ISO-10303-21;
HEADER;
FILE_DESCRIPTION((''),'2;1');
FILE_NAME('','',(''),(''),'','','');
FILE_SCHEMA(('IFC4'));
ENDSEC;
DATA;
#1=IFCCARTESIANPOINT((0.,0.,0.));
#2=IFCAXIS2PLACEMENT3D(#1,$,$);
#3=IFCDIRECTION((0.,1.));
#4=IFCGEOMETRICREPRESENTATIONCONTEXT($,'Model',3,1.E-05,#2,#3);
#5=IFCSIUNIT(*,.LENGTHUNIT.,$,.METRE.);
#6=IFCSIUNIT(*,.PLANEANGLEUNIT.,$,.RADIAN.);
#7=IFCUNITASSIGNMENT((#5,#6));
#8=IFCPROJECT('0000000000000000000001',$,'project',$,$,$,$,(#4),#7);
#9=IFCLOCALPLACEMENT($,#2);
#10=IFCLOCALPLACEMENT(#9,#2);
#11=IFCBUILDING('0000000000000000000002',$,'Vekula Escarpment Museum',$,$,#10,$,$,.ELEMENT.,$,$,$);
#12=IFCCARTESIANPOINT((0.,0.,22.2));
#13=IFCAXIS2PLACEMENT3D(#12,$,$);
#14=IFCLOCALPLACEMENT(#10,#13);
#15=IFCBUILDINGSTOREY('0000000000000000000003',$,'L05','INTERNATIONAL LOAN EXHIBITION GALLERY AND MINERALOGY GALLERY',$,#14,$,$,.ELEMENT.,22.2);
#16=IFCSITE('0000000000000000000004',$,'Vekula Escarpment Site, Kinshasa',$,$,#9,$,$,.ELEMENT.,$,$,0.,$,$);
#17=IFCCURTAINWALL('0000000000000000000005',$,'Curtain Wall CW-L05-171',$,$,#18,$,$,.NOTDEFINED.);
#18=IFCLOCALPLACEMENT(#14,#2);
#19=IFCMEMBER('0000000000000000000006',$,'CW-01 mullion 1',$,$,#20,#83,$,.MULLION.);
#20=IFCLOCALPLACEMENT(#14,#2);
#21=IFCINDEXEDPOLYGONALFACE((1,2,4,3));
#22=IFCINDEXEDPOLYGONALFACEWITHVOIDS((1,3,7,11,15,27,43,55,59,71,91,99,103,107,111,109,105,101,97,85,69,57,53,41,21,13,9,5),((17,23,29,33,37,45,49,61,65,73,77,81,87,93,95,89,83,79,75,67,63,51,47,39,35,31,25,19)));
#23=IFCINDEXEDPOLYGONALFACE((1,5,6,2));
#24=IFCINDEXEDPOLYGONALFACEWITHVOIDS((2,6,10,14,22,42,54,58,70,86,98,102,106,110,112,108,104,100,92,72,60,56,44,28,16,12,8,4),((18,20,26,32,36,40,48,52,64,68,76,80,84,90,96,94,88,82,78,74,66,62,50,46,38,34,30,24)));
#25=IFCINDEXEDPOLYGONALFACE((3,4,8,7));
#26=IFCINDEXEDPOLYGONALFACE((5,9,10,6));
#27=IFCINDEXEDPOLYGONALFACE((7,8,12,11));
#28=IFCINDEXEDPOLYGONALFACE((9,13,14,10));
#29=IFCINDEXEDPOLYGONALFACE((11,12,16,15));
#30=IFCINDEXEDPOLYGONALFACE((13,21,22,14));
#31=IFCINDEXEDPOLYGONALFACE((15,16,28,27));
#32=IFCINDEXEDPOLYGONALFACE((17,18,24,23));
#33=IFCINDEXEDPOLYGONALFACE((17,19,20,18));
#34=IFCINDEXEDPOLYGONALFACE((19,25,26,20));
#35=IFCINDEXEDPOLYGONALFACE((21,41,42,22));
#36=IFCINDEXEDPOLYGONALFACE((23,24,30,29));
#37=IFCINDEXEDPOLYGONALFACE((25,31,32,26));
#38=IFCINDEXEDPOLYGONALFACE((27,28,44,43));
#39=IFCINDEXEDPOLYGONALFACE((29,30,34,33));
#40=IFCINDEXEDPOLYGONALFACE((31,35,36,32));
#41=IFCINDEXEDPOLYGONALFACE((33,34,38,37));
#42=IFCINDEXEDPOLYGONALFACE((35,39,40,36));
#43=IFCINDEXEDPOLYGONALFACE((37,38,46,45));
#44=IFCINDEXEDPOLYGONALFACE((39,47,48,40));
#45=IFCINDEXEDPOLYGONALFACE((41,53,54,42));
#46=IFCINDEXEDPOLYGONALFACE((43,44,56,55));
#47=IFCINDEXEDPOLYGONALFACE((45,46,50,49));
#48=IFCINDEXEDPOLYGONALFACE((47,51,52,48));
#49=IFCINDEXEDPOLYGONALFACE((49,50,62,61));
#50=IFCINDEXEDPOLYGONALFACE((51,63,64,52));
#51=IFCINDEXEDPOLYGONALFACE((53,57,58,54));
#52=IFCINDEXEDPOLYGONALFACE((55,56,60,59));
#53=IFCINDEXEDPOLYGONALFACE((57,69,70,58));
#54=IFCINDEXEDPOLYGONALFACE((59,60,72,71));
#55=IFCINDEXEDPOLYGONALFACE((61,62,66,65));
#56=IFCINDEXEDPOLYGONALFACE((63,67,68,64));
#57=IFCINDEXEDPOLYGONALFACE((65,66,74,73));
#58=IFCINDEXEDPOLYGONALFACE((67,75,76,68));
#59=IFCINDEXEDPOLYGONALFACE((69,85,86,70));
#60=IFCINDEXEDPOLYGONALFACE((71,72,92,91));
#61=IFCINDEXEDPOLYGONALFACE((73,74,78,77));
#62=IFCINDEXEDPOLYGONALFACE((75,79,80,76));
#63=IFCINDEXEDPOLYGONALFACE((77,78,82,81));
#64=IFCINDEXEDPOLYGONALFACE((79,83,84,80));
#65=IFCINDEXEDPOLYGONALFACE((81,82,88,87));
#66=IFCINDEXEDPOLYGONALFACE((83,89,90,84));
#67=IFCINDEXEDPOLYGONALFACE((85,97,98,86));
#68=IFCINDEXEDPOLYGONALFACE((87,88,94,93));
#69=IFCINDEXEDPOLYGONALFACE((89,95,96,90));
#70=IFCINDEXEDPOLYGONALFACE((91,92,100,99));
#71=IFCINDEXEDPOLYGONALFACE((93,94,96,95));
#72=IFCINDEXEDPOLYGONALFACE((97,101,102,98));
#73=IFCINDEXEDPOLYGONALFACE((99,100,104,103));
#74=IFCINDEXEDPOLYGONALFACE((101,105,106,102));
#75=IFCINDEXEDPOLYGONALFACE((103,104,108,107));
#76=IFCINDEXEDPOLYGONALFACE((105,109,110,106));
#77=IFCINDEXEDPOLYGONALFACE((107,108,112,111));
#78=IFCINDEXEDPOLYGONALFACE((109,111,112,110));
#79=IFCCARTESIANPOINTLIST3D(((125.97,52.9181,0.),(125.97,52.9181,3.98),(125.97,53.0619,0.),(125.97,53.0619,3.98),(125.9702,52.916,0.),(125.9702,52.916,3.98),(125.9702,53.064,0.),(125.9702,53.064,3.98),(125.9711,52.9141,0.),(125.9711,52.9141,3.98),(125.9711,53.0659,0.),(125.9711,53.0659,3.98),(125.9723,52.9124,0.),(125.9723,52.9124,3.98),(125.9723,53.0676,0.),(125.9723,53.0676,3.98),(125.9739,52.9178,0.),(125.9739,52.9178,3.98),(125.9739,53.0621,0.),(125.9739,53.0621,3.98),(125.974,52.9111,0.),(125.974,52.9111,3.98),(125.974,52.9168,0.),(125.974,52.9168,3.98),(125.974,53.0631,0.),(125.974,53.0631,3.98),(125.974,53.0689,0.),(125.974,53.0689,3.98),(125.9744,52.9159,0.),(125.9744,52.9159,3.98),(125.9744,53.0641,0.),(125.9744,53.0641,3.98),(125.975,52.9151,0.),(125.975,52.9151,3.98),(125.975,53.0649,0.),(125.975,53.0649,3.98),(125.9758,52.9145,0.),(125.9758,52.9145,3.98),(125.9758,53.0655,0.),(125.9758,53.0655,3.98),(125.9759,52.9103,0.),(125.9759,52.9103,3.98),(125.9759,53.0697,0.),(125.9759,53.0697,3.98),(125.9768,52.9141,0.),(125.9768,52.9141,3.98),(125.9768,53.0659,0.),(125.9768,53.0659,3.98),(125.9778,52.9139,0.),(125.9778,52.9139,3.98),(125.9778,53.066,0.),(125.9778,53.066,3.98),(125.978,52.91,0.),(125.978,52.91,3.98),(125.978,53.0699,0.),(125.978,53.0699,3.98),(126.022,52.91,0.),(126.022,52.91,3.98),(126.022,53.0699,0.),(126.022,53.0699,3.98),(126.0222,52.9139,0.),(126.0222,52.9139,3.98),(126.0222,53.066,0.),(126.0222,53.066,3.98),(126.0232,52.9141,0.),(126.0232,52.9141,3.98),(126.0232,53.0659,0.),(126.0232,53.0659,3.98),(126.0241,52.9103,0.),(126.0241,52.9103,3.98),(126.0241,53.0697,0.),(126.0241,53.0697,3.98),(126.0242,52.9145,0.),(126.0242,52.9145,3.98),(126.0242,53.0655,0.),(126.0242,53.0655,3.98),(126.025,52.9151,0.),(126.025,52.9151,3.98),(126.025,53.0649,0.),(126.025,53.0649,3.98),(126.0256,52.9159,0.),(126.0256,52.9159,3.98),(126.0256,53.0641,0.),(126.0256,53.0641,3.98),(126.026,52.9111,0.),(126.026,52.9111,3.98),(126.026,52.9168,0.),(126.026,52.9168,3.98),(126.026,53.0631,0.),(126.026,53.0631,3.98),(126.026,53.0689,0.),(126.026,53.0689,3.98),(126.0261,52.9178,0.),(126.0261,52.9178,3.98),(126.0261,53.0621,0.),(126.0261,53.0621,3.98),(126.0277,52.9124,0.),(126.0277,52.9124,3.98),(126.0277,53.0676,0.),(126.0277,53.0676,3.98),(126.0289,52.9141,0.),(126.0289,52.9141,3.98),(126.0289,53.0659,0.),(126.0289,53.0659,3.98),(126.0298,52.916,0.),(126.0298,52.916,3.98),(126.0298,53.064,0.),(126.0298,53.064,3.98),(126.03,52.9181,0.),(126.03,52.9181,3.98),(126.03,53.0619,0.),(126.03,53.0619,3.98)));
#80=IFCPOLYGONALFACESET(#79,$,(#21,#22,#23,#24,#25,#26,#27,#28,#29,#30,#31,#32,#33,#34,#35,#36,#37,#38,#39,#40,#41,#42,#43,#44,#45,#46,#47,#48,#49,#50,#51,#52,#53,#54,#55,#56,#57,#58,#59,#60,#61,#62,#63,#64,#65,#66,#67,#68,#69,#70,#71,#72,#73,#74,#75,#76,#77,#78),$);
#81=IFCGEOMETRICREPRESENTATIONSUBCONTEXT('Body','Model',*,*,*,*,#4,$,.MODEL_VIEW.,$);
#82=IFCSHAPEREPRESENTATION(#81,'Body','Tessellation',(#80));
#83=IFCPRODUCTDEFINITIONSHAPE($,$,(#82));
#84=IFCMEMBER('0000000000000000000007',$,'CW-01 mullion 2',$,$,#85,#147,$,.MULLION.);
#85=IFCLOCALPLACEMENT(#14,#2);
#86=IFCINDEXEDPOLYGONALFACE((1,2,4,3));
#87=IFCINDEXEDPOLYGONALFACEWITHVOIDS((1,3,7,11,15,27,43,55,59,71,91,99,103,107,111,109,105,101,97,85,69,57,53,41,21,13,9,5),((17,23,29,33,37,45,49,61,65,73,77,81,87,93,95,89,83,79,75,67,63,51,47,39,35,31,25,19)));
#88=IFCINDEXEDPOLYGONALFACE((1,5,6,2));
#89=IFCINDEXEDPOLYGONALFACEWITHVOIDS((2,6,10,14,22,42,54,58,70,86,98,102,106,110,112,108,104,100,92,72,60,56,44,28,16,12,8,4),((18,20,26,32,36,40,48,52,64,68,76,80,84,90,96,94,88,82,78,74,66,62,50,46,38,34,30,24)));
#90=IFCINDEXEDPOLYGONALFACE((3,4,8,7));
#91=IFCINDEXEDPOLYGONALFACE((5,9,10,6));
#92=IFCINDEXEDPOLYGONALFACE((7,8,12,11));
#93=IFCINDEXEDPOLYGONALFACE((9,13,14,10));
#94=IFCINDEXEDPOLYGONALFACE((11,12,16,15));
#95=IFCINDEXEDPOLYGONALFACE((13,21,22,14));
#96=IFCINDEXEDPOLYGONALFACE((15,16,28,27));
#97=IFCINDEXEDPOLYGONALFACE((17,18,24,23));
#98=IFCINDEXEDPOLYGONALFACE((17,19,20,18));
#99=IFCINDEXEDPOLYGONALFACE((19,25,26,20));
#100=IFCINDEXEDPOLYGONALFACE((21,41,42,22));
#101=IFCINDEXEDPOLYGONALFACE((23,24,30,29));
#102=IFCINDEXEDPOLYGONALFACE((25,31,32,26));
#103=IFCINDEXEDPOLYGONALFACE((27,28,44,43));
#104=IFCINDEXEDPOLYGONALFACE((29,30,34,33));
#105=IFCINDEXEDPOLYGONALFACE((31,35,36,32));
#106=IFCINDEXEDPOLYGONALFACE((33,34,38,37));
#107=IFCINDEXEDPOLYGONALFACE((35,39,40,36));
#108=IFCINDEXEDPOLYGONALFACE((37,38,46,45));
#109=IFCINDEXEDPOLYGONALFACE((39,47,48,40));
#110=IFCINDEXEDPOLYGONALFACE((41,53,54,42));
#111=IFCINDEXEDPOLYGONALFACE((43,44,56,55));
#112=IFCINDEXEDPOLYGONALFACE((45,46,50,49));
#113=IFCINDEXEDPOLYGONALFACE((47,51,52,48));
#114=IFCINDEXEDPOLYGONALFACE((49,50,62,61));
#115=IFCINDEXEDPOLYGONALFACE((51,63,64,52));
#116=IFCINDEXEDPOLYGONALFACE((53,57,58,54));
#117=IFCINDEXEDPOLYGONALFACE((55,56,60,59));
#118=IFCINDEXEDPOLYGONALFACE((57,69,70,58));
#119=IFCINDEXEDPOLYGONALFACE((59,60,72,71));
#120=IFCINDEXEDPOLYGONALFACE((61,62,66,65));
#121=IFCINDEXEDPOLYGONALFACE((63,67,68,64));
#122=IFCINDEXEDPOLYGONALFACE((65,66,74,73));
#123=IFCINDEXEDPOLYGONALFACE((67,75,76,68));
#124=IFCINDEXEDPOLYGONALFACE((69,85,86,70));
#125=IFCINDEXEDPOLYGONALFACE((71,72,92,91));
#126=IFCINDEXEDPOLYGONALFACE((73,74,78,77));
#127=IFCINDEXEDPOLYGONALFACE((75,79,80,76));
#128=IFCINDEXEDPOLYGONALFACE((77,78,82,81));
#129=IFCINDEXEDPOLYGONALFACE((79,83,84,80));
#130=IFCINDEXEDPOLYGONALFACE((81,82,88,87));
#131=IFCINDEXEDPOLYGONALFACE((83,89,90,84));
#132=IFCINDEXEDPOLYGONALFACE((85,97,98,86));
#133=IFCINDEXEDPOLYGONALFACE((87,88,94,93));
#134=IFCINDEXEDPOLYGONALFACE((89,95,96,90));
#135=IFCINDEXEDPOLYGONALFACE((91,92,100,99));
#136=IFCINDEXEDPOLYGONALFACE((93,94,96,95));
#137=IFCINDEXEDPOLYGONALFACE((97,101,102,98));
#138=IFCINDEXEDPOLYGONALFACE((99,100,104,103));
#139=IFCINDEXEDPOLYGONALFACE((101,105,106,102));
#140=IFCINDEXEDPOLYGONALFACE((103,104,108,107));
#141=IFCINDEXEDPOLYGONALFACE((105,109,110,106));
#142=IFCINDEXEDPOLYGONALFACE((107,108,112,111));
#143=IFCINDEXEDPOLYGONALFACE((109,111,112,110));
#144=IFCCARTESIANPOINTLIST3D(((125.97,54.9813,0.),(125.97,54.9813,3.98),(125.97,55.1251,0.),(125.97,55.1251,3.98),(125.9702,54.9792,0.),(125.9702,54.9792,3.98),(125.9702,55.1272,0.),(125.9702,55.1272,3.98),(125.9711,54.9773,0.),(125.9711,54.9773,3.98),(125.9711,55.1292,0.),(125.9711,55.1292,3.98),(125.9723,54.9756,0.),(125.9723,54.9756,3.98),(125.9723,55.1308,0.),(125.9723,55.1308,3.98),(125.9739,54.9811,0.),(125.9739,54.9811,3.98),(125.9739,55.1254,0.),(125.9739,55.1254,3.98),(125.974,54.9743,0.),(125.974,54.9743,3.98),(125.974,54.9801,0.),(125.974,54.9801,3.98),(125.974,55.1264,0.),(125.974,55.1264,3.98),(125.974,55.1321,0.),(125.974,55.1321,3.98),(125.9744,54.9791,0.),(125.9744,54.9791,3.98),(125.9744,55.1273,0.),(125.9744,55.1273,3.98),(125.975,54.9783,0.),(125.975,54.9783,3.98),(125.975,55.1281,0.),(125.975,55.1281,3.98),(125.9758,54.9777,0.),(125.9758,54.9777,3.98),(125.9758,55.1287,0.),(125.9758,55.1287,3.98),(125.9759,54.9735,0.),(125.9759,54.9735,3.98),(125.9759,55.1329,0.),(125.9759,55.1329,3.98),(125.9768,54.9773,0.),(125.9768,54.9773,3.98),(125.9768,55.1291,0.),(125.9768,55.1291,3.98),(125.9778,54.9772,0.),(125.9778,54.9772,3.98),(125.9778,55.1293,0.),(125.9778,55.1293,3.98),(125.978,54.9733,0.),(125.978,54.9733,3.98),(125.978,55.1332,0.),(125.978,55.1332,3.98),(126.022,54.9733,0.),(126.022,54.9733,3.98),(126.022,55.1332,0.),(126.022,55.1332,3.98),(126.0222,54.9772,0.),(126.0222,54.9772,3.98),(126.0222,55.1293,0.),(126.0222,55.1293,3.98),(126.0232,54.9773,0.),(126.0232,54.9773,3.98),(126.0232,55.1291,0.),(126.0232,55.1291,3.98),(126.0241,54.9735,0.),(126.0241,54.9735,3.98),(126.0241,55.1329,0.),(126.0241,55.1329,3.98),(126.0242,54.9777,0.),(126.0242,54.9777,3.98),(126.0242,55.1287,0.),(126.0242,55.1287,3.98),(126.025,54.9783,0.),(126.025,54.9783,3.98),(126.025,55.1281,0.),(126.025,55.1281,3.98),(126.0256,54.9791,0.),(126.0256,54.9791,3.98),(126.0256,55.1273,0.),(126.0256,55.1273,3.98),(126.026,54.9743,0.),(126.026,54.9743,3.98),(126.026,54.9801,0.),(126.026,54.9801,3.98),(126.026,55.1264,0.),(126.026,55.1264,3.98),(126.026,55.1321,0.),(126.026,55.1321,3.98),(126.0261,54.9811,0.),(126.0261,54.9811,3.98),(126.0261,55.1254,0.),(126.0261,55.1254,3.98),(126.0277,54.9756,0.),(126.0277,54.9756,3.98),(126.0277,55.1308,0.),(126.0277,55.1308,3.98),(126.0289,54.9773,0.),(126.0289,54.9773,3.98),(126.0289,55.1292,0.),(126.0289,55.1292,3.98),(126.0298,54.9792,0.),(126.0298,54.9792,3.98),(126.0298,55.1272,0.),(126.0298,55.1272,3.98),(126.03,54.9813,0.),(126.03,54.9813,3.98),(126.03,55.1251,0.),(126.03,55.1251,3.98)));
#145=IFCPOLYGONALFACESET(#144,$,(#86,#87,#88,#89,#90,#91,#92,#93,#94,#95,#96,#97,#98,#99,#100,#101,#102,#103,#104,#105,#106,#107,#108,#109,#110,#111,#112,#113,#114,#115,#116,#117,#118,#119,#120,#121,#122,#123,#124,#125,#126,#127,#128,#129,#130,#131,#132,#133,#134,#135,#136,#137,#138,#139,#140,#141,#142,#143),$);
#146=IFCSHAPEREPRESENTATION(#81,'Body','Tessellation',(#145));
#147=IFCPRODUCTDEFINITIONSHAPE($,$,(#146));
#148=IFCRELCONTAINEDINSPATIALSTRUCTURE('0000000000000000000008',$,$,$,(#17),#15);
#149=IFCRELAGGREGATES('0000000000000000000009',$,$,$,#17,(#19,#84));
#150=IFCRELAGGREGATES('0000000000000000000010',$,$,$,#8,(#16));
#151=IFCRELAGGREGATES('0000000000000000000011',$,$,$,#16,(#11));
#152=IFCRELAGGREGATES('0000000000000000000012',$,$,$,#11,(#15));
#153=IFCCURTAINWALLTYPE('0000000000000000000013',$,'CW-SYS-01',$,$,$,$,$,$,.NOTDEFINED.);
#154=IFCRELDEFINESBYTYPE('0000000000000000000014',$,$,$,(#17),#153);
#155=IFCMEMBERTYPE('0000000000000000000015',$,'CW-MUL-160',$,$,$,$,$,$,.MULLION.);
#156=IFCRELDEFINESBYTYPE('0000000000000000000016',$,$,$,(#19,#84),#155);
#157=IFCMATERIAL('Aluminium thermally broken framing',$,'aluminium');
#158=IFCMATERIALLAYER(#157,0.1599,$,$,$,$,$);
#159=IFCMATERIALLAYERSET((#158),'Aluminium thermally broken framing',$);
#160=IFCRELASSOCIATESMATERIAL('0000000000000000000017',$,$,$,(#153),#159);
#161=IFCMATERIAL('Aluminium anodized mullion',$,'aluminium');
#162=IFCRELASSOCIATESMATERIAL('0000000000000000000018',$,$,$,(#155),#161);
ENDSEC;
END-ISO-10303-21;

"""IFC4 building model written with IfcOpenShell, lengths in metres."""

from ifc_helpers import new_model, si_unit, direction, frame, origin, origin_2d, place, context, subcontext, project, spatial, hollow_rectangle, extrude, material, layer, layer_set, material_profile, profile_set, type_object, element, aggregate, save


model = new_model("IFC4")

# Units and contexts
model_context = context("Model", 3, precision=1e-05, world=origin(), true_north=direction((0.0, 1.0)))
body_context = subcontext(model_context, "Body", "Model", "MODEL_VIEW")
ifc_project = project(units=[si_unit("LENGTHUNIT", "METRE"), si_unit("PLANEANGLEUNIT", "RADIAN")], contexts=[model_context])

# Site, building, storey
site_placement = place(None, origin())
site = spatial("IfcSite", under=ifc_project, at=site_placement, Name="Vekula Escarpment Site, Kinshasa", CompositionType="ELEMENT", RefElevation=0.0)
building_placement = place(site_placement, origin())
building = spatial("IfcBuilding", under=site, at=building_placement, Name="Vekula Escarpment Museum", CompositionType="ELEMENT")
storey_placement = place(building_placement, frame((0.0, 0.0, 22.2)))
storey = spatial("IfcBuildingStorey", under=building, at=storey_placement, Name="L05", Description="INTERNATIONAL LOAN EXHIBITION GALLERY AND MINERALOGY GALLERY", CompositionType="ELEMENT", Elevation=22.2)

# Curtain wall, members
ifc_material_1 = material(Name="Aluminium thermally broken framing", Category="aluminium")
ifc_layer_1 = layer(ifc_material_1, 0.1599)
ifc_layer_set_1 = layer_set([ifc_layer_1], Name="Aluminium thermally broken framing")
curtain_wall_type = type_object("IfcCurtainWallType", Name="CW-SYS-01", PredefinedType="NOTDEFINED", material=ifc_layer_set_1)
curtain_wall_placement = place(storey_placement, origin())
curtain_wall = element("IfcCurtainWall", 1, at=curtain_wall_placement, inside=storey, type_object=curtain_wall_type, Name="Curtain Wall CW-L05-171", PredefinedType="NOTDEFINED")
ifc_material_2 = material(Name="Aluminium anodized mullion", Category="aluminium")
ifc_material_profile_1 = material_profile(ifc_material_2, hollow_rectangle(XDim=0.0601, YDim=0.1599, WallThickness=0.0039, InnerFilletRadius=0.0039, OuterFilletRadius=0.0081, at=origin_2d()), Name="ALU 160x60x4")
ifc_profile_set_1 = profile_set([ifc_material_profile_1], Name="Aluminium anodized mullion")
member_type_1 = type_object("IfcMemberType", Name="CW-MUL-160", PredefinedType="MULLION", material=ifc_profile_set_1)
member_1_placement = place(storey_placement, frame((126.0, 52.99, 0.0), z_axis=(0.0, 0.0, 1.0), x_axis=(-1.0, 0.0, 0.0)))
member_1 = element("IfcMember", 2, at=member_1_placement, type_object=member_type_1, Name="CW-01 mullion 1", PredefinedType="MULLION", context=body_context, shape_type="SweptSolid", body=[
    extrude(hollow_rectangle(XDim=0.0601, YDim=0.1599, WallThickness=0.0039, InnerFilletRadius=0.0039, OuterFilletRadius=0.0081, at=origin_2d()), origin(), (0.0, 0.0, 1.0), 3.98),
])
member_2_placement = place(storey_placement, frame((126.0, 55.0532, 0.0), z_axis=(0.0, 0.0, 1.0), x_axis=(-1.0, 0.0, 0.0)))
member_2 = element("IfcMember", 3, at=member_2_placement, type_object=member_type_1, Name="CW-01 mullion 2", PredefinedType="MULLION", context=body_context, shape_type="SweptSolid", body=[
    extrude(hollow_rectangle(XDim=0.0601, YDim=0.1599, WallThickness=0.0039, InnerFilletRadius=0.0039, OuterFilletRadius=0.0081, at=origin_2d()), origin(), (0.0, 0.0, 1.0), 3.98),
])

aggregate(curtain_wall, [member_1, member_2])

save(model, "model.ifc")
